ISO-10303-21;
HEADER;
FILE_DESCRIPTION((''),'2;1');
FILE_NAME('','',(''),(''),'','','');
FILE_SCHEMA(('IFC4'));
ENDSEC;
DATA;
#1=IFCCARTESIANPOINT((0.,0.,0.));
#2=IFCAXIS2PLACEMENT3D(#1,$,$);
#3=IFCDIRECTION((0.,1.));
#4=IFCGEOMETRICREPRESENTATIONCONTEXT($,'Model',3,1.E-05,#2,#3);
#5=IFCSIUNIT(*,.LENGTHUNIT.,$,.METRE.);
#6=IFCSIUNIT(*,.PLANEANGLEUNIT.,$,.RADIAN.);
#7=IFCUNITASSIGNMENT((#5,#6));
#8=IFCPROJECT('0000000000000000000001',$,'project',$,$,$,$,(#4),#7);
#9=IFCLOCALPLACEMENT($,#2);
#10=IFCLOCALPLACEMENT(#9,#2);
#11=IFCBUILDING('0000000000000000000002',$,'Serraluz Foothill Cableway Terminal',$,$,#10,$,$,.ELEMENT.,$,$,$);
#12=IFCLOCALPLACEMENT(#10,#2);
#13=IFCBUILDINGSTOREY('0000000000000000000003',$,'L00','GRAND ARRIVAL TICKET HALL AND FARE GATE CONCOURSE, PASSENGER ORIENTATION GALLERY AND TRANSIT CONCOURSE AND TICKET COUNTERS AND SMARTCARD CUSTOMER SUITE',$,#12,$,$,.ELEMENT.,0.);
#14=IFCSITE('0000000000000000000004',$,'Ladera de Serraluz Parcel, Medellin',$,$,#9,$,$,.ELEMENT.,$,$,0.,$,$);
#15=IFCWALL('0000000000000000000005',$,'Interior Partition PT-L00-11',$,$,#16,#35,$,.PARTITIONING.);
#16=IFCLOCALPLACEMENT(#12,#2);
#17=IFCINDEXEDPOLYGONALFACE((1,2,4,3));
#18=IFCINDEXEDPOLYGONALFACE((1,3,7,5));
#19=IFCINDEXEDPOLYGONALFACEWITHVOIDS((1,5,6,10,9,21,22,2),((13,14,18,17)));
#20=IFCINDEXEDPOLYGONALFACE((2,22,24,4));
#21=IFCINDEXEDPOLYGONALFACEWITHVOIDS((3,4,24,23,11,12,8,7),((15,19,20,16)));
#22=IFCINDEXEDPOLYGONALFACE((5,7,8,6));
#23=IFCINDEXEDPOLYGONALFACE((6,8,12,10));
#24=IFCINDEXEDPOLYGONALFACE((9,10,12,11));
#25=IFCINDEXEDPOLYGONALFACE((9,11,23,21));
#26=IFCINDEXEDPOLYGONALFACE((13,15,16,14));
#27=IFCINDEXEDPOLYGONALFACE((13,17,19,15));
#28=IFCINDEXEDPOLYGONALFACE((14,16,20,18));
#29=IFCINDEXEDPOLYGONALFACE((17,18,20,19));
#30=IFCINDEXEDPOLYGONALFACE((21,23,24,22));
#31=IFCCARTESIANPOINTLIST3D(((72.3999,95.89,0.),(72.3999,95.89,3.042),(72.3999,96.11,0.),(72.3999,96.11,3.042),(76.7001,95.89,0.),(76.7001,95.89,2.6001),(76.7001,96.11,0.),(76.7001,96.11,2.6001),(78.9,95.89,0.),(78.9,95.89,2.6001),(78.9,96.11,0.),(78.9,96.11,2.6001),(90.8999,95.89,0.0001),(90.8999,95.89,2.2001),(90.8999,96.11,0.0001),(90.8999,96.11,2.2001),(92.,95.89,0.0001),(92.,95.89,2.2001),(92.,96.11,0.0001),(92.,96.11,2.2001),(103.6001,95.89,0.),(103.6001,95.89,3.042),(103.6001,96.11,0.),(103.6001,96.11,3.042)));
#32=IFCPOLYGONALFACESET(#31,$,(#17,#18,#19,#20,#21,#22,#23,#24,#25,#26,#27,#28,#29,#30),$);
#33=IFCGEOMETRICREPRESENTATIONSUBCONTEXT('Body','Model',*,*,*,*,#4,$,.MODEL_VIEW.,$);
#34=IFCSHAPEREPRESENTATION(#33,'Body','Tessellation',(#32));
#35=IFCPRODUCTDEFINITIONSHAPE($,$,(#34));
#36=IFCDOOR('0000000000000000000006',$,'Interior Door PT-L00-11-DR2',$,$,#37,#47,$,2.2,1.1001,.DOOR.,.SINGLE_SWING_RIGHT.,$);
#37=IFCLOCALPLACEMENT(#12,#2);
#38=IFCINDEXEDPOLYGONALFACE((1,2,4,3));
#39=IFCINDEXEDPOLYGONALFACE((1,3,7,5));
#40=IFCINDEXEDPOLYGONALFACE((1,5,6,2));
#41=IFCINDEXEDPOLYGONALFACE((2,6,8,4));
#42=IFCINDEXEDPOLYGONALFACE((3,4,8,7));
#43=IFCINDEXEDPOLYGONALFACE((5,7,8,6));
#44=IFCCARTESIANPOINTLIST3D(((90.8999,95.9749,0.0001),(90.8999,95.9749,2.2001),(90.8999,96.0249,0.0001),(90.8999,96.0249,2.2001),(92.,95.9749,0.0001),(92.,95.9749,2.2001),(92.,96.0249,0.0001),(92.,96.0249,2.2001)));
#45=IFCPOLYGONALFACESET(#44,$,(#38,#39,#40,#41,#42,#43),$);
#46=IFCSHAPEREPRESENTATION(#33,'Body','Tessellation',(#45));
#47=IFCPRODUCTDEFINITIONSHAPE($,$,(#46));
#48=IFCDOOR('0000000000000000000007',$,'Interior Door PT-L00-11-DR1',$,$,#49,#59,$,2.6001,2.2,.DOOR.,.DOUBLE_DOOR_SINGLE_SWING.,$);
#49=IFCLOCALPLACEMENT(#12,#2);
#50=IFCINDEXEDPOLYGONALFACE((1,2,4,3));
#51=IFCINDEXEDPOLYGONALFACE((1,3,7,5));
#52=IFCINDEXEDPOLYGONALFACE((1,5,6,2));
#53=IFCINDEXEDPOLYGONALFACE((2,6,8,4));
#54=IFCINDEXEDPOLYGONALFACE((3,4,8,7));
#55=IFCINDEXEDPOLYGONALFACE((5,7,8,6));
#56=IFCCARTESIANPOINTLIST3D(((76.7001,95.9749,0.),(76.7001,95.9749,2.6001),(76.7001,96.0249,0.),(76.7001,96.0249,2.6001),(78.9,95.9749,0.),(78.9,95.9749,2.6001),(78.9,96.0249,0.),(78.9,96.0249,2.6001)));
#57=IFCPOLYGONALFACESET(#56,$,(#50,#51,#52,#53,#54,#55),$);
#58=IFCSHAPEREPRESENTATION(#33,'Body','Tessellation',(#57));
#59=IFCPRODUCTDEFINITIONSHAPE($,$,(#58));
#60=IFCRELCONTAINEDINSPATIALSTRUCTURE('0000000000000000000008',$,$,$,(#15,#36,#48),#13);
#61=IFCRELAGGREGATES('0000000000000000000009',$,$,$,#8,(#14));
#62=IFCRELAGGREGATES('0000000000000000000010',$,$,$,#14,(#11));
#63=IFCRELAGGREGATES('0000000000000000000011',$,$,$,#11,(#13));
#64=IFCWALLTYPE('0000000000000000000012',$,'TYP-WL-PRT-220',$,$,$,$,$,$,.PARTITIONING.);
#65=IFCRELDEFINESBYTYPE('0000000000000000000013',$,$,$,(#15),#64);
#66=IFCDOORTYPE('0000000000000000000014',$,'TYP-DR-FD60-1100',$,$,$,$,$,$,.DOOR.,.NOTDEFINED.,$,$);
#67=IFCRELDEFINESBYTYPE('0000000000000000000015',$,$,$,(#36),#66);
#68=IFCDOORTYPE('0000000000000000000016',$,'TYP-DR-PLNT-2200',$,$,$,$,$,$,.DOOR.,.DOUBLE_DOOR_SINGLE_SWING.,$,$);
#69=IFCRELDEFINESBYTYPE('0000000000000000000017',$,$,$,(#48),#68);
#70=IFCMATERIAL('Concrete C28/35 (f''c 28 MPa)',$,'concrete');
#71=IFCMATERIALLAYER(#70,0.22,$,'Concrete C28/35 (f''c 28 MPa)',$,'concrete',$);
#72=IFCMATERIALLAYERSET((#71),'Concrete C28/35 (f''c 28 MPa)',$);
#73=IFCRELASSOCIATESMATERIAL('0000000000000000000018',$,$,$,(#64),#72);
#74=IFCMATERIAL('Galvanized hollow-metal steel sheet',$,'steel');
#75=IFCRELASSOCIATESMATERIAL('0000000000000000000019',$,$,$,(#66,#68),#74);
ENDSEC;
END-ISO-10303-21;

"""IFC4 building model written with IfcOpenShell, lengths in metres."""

from ifc_helpers import new_model, si_unit, direction, frame, frame_2d, origin, place, context, subcontext, project, spatial, rectangle, extrude, material, layer, layer_set, type_object, element, fill, save


model = new_model("IFC4")

# Units and contexts
model_context = context("Model", 3, precision=1e-05, world=origin(), true_north=direction((0.0, 1.0)))
body_context = subcontext(model_context, "Body", "Model", "MODEL_VIEW")
ifc_project = project(units=[si_unit("LENGTHUNIT", "METRE"), si_unit("PLANEANGLEUNIT", "RADIAN")], contexts=[model_context])

# Site, building, storey
site_placement = place(None, origin())
site = spatial("IfcSite", under=ifc_project, at=site_placement, Name="Ladera de Serraluz Parcel, Medellin", CompositionType="ELEMENT", RefElevation=0.0)
building_placement = place(site_placement, origin())
building = spatial("IfcBuilding", under=site, at=building_placement, Name="Serraluz Foothill Cableway Terminal", CompositionType="ELEMENT")
storey_placement = place(building_placement, origin())
storey = spatial("IfcBuildingStorey", under=building, at=storey_placement, Name="L00", Description="GRAND ARRIVAL TICKET HALL AND FARE GATE CONCOURSE, PASSENGER ORIENTATION GALLERY AND TRANSIT CONCOURSE AND TICKET COUNTERS AND SMARTCARD CUSTOMER SUITE", CompositionType="ELEMENT", Elevation=0.0)

# Shared definitions
ifc_material_1 = material(Name="Concrete C28/35 (f'c 28 MPa)", Category="concrete")

# Wall, openings, doors
ifc_layer_1 = layer(ifc_material_1, 0.22, Name="Concrete C28/35 (f'c 28 MPa)", Category="concrete")
ifc_layer_set_1 = layer_set([ifc_layer_1], Name="Concrete C28/35 (f'c 28 MPa)")
wall_type_1 = type_object("IfcWallType", Name="TYP-WL-PRT-220", PredefinedType="PARTITIONING", material=ifc_layer_set_1)
wall_1_placement = place(storey_placement, frame((72.3999, 96.0, 0.0), z_axis=(0.0, 0.0, 1.0), x_axis=(1.0, 0.0, 0.0)))
wall_1 = element("IfcWall", 1, at=wall_1_placement, inside=storey, type_object=wall_type_1, Name="Interior Partition PT-L00-11", PredefinedType="PARTITIONING", context=body_context, shape_type="SweptSolid", body=[
    extrude(rectangle(XDim=31.2002, YDim=0.22, at=frame_2d((15.6001, 0.0))), origin(), (0.0, 0.0, 1.0), 3.042),
])
opening_1_placement = place(wall_1_placement, frame((4.3, 0.0, 0.0)))
opening_1 = element("IfcOpeningElement", 2, at=opening_1_placement, cuts=wall_1, PredefinedType="OPENING", context=body_context, shape_type="SweptSolid", body=[
    extrude(rectangle(XDim=2.2, YDim=2.6001, at=frame_2d((1.1001, 1.3))), frame((0.0, 0.1201, 0.0), z_axis=(0.0, -1.0, 0.0), x_axis=(1.0, 0.0, 0.0)), (0.0, 0.0, 1.0), 0.24),
])
opening_2_placement = place(wall_1_placement, frame((18.5, 0.0, 0.0)))
opening_2 = element("IfcOpeningElement", 3, at=opening_2_placement, cuts=wall_1, PredefinedType="OPENING", context=body_context, shape_type="SweptSolid", body=[
    extrude(rectangle(XDim=1.1001, YDim=2.2, at=frame_2d((0.55, 1.1001))), frame((0.0, 0.1201, 0.0), z_axis=(0.0, -1.0, 0.0), x_axis=(1.0, 0.0, 0.0)), (0.0, 0.0, 1.0), 0.24),
])
ifc_material_2 = material(Name="Galvanized hollow-metal steel sheet", Category="steel")
door_type_1 = type_object("IfcDoorType", Name="TYP-DR-FD60-1100", OperationType="NOTDEFINED", PredefinedType="DOOR", material=ifc_material_2)
door_1_placement = place(opening_2_placement, origin())
door_1 = element("IfcDoor", 4, at=door_1_placement, inside=storey, type_object=door_type_1, Name="Interior Door PT-L00-11-DR2", OperationType="SINGLE_SWING_RIGHT", OverallHeight=2.2, OverallWidth=1.1001, PredefinedType="DOOR", context=body_context, shape_type="SweptSolid", body=[
    extrude(rectangle(XDim=1.1001, YDim=2.2, at=frame_2d((0.55, 1.1001))), frame((0.0, 0.0249, 0.0), z_axis=(0.0, -1.0, 0.0), x_axis=(1.0, 0.0, 0.0)), (0.0, 0.0, 1.0), 0.05),
])
fill(opening_2, door_1)
door_type_2 = type_object("IfcDoorType", Name="TYP-DR-PLNT-2200", OperationType="DOUBLE_DOOR_SINGLE_SWING", PredefinedType="DOOR", material=ifc_material_2)
door_2_placement = place(opening_1_placement, origin())
door_2 = element("IfcDoor", 5, at=door_2_placement, inside=storey, type_object=door_type_2, Name="Interior Door PT-L00-11-DR1", OperationType="DOUBLE_DOOR_SINGLE_SWING", OverallHeight=2.6001, OverallWidth=2.2, PredefinedType="DOOR", context=body_context, shape_type="SweptSolid", body=[
    extrude(rectangle(XDim=2.2, YDim=2.6001, at=frame_2d((1.1001, 1.3))), frame((0.0, 0.0249, 0.0), z_axis=(0.0, -1.0, 0.0), x_axis=(1.0, 0.0, 0.0)), (0.0, 0.0, 1.0), 0.05),
])
fill(opening_1, door_2)

save(model, "model.ifc")
